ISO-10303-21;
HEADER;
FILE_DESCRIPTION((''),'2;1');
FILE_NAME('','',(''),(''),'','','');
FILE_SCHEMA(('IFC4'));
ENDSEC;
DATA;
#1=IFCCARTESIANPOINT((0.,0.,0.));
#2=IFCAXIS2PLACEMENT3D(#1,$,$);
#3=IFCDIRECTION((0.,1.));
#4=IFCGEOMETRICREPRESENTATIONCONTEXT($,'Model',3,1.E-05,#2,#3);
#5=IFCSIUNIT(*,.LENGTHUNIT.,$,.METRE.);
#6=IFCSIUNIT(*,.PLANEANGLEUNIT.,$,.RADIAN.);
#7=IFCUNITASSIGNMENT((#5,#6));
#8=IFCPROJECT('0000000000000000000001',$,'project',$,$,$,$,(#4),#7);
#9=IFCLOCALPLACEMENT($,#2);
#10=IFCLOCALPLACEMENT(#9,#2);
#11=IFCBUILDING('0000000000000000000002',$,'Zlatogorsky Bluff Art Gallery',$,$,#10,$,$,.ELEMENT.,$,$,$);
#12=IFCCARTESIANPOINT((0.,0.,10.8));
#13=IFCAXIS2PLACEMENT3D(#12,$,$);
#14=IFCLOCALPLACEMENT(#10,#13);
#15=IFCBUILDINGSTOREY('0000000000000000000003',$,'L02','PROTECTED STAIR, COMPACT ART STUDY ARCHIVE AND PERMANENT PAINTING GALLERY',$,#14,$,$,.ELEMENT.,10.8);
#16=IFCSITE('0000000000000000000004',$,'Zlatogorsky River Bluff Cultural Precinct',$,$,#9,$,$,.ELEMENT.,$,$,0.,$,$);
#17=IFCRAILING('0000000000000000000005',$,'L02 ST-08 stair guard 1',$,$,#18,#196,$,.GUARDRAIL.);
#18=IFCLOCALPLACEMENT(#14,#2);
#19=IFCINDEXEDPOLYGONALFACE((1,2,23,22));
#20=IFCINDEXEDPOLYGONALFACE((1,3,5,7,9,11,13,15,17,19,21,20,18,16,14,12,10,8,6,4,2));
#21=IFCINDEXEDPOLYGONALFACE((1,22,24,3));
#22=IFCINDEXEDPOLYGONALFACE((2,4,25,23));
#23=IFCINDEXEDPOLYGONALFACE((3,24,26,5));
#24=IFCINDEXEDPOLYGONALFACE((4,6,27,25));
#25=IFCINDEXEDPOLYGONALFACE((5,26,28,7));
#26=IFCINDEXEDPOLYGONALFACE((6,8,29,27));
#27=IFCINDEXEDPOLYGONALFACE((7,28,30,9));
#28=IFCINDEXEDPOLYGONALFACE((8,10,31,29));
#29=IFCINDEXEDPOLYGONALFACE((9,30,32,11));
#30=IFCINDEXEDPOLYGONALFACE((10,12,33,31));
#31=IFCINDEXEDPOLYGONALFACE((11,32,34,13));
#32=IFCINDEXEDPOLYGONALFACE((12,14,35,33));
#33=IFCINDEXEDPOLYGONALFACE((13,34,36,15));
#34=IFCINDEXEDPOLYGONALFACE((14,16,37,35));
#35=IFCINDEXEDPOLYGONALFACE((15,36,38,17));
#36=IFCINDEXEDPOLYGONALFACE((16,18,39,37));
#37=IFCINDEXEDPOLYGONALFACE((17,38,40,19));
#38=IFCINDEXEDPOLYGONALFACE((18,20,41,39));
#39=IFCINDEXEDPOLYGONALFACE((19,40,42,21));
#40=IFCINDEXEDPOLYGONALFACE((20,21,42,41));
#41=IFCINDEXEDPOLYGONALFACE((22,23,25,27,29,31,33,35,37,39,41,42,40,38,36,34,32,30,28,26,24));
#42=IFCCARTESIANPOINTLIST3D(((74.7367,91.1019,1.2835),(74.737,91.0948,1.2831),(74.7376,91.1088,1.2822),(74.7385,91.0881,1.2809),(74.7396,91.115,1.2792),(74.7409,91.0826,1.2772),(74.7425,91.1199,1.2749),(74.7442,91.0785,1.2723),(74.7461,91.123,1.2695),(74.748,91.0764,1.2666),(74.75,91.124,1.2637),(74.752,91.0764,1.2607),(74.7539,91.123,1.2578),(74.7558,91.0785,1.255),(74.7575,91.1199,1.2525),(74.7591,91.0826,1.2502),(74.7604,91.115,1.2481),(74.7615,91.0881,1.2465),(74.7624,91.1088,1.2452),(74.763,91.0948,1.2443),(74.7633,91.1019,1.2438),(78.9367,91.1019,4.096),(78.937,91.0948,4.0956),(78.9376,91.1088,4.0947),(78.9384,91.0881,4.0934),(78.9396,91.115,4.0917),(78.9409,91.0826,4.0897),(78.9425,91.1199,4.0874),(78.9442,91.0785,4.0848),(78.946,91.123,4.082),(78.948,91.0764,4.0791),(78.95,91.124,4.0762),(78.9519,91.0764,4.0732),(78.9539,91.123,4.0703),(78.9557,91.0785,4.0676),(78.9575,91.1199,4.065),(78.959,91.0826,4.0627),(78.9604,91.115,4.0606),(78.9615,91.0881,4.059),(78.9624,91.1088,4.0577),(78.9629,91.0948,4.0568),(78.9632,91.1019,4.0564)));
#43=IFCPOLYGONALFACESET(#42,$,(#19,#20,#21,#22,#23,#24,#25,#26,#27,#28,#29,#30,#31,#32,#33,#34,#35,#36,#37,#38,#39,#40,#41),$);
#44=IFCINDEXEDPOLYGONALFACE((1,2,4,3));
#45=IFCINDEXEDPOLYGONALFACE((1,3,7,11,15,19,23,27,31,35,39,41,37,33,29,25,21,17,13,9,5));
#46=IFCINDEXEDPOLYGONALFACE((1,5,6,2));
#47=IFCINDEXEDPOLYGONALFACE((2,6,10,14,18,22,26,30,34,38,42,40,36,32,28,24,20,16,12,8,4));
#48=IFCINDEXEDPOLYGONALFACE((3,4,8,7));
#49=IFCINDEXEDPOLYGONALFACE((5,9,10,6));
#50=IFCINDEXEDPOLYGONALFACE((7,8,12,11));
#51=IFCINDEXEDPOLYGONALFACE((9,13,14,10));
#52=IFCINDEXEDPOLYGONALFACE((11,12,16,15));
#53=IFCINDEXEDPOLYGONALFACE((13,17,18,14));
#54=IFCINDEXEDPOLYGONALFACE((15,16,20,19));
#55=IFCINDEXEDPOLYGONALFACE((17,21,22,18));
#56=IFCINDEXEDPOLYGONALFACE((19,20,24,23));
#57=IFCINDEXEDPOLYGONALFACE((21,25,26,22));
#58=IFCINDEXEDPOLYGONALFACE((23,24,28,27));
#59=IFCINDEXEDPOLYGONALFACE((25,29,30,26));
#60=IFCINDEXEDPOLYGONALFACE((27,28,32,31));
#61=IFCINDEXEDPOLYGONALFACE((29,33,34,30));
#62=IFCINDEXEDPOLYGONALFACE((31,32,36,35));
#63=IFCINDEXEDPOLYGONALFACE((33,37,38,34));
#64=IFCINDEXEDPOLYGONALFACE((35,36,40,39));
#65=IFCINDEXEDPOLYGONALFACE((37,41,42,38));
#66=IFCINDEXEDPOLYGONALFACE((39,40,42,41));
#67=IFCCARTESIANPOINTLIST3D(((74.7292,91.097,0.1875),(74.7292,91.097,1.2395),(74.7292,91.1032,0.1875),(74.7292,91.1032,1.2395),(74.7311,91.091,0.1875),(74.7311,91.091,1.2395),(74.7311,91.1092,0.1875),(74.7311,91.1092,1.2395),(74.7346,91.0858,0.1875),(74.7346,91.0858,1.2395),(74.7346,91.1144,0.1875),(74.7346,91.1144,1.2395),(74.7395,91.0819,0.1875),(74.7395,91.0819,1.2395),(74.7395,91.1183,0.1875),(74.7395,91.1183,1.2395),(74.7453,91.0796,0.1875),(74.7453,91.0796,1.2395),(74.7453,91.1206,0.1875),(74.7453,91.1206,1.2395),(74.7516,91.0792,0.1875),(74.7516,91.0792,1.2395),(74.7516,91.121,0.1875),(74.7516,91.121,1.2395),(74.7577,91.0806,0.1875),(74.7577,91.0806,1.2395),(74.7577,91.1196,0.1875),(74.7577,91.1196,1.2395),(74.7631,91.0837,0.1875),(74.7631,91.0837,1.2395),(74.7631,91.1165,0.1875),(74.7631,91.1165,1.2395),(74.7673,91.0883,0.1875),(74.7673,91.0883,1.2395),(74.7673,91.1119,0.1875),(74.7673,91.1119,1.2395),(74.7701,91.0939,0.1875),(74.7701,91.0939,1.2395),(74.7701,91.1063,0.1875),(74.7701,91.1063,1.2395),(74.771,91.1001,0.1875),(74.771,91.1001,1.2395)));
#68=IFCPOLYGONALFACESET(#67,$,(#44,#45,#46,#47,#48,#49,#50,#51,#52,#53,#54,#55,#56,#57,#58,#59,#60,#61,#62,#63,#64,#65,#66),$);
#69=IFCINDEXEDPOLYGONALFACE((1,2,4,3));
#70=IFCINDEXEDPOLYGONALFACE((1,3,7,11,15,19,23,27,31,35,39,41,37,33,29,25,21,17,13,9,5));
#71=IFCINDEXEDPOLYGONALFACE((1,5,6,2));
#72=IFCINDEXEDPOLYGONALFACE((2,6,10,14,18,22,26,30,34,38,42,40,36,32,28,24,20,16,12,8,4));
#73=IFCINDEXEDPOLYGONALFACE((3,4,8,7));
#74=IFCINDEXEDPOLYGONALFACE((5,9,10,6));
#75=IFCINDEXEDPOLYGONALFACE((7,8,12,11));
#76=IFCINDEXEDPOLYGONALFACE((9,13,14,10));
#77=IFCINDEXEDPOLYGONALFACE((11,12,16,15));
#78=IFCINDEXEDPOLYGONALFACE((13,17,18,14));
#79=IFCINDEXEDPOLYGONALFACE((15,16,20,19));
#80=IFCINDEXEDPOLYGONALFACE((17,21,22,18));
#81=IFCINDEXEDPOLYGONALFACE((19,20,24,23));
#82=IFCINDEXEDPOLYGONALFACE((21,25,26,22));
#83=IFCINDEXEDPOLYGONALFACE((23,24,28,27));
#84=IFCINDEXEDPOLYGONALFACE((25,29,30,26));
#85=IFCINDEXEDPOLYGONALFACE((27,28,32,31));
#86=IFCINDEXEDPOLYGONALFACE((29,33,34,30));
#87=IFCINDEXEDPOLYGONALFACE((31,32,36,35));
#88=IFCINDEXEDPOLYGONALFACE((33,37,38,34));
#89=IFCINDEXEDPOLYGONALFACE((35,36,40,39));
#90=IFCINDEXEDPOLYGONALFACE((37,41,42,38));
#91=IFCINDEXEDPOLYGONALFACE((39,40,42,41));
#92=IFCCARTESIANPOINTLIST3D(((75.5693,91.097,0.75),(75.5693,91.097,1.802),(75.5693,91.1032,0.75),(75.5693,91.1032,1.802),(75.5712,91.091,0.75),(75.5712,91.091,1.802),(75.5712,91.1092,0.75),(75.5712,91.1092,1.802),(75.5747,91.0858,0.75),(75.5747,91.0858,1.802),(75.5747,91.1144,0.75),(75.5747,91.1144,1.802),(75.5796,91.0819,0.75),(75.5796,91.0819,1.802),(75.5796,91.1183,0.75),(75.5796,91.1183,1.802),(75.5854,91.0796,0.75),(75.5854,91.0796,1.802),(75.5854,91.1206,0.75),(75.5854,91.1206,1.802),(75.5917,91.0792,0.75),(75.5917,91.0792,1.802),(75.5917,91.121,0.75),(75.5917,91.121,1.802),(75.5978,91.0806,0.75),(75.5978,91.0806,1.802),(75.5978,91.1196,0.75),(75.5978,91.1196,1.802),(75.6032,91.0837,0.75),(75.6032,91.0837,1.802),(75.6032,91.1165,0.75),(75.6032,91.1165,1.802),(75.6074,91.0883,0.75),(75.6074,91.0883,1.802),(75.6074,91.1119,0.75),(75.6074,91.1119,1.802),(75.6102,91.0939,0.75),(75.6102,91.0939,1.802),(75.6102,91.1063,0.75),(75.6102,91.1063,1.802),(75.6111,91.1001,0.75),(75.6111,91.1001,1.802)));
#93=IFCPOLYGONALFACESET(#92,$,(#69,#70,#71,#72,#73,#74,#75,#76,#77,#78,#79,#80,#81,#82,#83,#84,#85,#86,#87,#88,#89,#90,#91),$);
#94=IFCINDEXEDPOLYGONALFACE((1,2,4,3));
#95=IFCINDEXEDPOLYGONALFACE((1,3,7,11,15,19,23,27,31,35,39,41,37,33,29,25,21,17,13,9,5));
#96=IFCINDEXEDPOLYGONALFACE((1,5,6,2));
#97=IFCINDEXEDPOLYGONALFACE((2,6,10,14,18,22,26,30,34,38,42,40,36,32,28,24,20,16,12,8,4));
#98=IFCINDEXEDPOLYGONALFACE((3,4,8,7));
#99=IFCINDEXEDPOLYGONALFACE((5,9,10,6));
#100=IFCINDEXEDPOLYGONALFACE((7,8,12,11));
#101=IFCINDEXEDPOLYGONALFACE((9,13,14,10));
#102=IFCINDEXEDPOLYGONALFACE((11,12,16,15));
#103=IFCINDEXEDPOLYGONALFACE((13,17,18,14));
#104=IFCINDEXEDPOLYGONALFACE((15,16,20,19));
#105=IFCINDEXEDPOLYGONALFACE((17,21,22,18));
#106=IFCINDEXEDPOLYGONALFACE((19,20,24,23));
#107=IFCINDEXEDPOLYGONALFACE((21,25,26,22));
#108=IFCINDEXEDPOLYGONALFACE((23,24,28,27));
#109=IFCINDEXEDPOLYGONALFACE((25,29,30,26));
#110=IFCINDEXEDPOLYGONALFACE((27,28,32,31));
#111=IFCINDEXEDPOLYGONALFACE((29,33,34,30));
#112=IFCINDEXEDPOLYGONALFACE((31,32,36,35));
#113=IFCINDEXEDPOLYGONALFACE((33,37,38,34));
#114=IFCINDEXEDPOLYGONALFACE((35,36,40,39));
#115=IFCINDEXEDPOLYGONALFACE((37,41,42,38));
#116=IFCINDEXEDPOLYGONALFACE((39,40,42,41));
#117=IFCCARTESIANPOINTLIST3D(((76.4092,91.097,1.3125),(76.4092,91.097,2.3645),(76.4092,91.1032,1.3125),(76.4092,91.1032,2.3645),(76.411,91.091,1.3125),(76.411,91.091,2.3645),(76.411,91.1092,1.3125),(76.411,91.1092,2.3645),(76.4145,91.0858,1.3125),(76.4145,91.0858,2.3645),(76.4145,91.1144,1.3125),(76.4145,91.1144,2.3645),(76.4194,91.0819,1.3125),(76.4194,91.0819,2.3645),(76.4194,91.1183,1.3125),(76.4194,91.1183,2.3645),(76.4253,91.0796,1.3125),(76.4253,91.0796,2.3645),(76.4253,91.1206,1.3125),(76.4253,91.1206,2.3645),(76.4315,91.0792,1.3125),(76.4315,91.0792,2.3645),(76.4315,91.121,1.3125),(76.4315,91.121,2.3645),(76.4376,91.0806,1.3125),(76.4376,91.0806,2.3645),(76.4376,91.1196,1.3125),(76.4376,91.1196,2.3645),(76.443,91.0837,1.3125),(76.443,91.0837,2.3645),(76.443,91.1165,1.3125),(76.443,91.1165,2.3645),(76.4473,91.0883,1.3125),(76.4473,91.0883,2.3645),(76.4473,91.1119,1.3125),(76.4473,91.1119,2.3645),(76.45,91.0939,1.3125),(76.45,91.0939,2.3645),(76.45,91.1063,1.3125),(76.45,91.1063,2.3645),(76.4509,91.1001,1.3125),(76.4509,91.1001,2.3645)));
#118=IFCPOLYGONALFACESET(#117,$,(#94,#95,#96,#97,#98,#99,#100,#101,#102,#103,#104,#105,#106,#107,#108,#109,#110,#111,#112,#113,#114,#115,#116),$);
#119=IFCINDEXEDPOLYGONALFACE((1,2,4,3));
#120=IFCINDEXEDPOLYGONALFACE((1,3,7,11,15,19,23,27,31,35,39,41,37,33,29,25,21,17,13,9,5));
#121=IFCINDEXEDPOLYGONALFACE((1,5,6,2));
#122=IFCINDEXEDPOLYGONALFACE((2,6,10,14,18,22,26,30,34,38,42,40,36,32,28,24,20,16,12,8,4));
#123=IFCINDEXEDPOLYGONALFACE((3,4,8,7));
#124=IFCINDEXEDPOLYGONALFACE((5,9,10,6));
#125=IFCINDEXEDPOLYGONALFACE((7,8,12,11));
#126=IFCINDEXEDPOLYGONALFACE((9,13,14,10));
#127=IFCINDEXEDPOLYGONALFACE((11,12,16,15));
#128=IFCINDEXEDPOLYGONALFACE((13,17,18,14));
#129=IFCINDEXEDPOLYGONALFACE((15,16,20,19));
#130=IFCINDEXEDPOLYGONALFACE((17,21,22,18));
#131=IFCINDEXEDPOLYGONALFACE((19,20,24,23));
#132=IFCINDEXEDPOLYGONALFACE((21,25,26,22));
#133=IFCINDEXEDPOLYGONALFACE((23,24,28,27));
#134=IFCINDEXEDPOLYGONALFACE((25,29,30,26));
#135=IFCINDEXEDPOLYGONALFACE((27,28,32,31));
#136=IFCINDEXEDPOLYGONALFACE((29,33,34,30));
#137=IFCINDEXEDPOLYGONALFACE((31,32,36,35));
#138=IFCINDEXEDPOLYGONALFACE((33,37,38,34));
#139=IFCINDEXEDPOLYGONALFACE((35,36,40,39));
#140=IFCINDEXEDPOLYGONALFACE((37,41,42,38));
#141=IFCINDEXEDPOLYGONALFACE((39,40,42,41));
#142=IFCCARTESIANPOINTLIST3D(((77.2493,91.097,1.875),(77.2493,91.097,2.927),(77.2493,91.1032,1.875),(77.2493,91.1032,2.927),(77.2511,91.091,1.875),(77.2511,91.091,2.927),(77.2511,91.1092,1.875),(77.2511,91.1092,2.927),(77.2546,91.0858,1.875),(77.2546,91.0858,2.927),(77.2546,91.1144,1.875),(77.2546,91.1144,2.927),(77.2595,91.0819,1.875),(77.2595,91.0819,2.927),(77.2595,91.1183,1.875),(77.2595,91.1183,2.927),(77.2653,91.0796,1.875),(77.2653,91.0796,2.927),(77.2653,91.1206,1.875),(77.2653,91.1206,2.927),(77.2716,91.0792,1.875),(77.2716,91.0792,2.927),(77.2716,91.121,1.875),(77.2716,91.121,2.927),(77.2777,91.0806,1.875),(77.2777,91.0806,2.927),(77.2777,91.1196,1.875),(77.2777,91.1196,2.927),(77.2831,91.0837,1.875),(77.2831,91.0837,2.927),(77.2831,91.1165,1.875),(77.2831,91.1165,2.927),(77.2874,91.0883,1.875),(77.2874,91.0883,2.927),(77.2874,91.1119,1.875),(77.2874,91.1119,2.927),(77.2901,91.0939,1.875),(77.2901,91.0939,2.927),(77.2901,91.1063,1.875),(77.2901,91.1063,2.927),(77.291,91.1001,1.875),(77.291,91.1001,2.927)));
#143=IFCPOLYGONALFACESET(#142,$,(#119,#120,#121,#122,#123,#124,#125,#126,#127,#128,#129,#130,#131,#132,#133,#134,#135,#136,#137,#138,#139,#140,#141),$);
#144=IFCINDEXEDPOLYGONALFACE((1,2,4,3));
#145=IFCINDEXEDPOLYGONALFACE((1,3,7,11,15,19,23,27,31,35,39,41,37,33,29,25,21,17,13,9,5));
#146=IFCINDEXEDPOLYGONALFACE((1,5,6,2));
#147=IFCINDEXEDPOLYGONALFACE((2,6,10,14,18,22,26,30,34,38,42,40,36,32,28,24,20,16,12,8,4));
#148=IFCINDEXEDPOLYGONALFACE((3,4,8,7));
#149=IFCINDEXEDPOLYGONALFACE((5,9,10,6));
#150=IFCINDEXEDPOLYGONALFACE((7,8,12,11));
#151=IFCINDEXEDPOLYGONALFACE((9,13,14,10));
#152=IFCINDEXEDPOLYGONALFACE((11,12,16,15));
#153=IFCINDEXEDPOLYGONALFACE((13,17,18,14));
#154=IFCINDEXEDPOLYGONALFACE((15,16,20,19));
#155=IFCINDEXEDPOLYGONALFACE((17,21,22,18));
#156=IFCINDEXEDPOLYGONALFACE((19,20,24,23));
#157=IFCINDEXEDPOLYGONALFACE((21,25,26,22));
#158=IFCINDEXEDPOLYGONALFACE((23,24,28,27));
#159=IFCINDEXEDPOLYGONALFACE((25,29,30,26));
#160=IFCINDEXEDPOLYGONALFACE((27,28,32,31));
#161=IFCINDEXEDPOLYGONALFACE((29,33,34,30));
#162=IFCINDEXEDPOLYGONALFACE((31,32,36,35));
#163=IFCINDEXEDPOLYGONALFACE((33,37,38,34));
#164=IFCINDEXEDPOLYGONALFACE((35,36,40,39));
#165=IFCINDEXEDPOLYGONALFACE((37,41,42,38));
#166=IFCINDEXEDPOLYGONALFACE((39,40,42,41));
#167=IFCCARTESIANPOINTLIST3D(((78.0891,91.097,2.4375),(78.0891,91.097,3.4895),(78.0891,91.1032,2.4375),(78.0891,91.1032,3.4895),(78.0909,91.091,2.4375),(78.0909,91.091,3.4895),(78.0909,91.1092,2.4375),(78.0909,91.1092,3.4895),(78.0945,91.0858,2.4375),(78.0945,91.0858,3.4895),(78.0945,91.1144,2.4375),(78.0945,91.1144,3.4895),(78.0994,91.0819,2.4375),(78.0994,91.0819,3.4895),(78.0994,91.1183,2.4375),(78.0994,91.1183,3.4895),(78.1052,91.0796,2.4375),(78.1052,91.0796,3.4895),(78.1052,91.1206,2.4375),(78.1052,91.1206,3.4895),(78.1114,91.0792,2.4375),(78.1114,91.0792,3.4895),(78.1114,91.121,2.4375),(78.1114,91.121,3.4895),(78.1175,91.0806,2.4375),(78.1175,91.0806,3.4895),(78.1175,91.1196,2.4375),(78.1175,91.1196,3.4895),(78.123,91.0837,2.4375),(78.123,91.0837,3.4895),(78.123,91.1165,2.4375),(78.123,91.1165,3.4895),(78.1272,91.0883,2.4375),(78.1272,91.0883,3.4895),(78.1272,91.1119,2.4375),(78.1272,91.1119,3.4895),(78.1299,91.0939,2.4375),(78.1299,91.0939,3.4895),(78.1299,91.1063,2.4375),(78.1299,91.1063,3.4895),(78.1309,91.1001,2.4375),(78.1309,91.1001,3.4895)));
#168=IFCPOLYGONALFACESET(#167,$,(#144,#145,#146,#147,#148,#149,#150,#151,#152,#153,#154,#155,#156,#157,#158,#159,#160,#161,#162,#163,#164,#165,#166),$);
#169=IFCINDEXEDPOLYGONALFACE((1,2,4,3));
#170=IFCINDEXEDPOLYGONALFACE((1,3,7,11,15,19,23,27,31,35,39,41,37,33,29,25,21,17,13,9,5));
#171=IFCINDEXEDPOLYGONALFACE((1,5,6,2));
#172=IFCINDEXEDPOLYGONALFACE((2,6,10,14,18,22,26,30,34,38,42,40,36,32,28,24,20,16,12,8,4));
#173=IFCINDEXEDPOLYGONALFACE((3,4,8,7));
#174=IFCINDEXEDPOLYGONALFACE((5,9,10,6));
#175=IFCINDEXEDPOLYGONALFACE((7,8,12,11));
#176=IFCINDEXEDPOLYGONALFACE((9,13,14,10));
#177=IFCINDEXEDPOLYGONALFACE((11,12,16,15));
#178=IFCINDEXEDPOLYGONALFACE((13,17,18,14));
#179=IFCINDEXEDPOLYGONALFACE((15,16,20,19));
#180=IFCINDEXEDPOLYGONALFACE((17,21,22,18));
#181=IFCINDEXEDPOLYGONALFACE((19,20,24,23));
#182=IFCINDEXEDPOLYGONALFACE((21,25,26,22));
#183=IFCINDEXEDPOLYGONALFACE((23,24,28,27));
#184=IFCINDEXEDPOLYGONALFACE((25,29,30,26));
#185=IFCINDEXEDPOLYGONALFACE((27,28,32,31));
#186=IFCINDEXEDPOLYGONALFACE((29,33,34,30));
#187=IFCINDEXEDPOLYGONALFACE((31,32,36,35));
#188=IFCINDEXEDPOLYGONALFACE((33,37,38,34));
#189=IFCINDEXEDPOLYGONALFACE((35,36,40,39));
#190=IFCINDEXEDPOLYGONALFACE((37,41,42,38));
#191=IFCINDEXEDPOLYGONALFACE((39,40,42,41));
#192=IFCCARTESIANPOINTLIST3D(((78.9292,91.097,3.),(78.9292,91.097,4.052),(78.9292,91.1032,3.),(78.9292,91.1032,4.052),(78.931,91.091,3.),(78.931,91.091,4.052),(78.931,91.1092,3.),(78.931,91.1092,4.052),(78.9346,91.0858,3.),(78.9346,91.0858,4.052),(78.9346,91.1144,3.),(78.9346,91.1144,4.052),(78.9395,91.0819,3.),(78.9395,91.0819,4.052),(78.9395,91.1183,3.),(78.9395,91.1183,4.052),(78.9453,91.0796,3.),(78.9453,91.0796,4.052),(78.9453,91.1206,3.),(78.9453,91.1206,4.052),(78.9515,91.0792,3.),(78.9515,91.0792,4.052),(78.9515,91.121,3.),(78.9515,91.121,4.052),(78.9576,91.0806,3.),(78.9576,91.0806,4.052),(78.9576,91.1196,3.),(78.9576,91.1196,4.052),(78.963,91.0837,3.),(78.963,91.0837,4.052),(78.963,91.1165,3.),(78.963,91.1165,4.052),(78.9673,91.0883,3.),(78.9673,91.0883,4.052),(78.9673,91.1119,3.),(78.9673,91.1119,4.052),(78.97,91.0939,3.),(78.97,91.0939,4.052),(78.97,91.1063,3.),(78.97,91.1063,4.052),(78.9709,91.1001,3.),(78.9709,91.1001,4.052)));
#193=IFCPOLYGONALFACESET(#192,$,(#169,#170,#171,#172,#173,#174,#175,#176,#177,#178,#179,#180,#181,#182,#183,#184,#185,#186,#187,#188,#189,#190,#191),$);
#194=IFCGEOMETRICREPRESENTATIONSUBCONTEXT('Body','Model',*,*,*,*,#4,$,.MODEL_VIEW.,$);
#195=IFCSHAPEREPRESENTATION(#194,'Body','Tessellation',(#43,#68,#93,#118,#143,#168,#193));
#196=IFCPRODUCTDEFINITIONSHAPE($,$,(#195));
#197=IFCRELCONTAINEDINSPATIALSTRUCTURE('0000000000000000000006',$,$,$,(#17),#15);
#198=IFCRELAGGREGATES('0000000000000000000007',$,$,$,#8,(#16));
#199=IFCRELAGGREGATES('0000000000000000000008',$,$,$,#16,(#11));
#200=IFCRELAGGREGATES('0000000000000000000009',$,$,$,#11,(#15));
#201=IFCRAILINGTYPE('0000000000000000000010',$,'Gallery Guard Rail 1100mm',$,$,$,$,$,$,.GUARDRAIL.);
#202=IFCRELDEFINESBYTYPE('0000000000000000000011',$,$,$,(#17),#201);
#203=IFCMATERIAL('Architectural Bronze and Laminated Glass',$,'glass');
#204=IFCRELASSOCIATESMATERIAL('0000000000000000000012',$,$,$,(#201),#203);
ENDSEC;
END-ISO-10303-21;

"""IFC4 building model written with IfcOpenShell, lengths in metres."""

from ifc_helpers import new_model, si_unit, direction, frame, origin, origin_2d, place, context, subcontext, project, spatial, circle, extrude, material, type_object, element, save


model = new_model("IFC4")

# Units and contexts
model_context = context("Model", 3, precision=1e-05, world=origin(), true_north=direction((0.0, 1.0)))
body_context = subcontext(model_context, "Body", "Model", "MODEL_VIEW")
ifc_project = project(units=[si_unit("LENGTHUNIT", "METRE"), si_unit("PLANEANGLEUNIT", "RADIAN")], contexts=[model_context])

# Site, building, storey
site_placement = place(None, origin())
site = spatial("IfcSite", under=ifc_project, at=site_placement, Name="Zlatogorsky River Bluff Cultural Precinct", CompositionType="ELEMENT", RefElevation=0.0)
building_placement = place(site_placement, origin())
building = spatial("IfcBuilding", under=site, at=building_placement, Name="Zlatogorsky Bluff Art Gallery", CompositionType="ELEMENT")
storey_placement = place(building_placement, frame((0.0, 0.0, 10.8)))
storey = spatial("IfcBuildingStorey", under=building, at=storey_placement, Name="L02", Description="PROTECTED STAIR, COMPACT ART STUDY ARCHIVE AND PERMANENT PAINTING GALLERY", CompositionType="ELEMENT", Elevation=10.8)

# Railing
ifc_material_1 = material(Name="Architectural Bronze and Laminated Glass", Category="glass")
railing_type_1 = type_object("IfcRailingType", Name="Gallery Guard Rail 1100mm", PredefinedType="GUARDRAIL", material=ifc_material_1)
railing_1_placement = place(storey_placement, frame((74.75, 91.1001, 0.1875)))
element("IfcRailing", 1, at=railing_1_placement, inside=storey, type_object=railing_type_1, Name="L02 ST-08 stair guard 1", PredefinedType="GUARDRAIL", context=body_context, shape_type="SweptSolid", body=[
    extrude(circle(Radius=0.0239, at=origin_2d()), frame((0.0, 0.0, 1.0762), z_axis=(0.830904, 0.0, 0.556416), x_axis=(0.0, 1.0, 0.0)), (0.0, 0.0, 1.0), 5.0547),
    extrude(circle(Radius=0.021, at=origin_2d()), origin(), (0.0, 0.0, 1.0), 1.052),
    extrude(circle(Radius=0.021, at=origin_2d()), frame((0.8401, 0.0, 0.5625)), (0.0, 0.0, 1.0), 1.052),
    extrude(circle(Radius=0.021, at=origin_2d()), frame((1.6799, 0.0, 1.125)), (0.0, 0.0, 1.0), 1.052),
    extrude(circle(Radius=0.021, at=origin_2d()), frame((2.52, 0.0, 1.6875)), (0.0, 0.0, 1.0), 1.052),
    extrude(circle(Radius=0.021, at=origin_2d()), frame((3.3599, 0.0, 2.25)), (0.0, 0.0, 1.0), 1.052),
    extrude(circle(Radius=0.021, at=origin_2d()), frame((4.2, 0.0, 2.8125)), (0.0, 0.0, 1.0), 1.052),
])

save(model, "model.ifc")
